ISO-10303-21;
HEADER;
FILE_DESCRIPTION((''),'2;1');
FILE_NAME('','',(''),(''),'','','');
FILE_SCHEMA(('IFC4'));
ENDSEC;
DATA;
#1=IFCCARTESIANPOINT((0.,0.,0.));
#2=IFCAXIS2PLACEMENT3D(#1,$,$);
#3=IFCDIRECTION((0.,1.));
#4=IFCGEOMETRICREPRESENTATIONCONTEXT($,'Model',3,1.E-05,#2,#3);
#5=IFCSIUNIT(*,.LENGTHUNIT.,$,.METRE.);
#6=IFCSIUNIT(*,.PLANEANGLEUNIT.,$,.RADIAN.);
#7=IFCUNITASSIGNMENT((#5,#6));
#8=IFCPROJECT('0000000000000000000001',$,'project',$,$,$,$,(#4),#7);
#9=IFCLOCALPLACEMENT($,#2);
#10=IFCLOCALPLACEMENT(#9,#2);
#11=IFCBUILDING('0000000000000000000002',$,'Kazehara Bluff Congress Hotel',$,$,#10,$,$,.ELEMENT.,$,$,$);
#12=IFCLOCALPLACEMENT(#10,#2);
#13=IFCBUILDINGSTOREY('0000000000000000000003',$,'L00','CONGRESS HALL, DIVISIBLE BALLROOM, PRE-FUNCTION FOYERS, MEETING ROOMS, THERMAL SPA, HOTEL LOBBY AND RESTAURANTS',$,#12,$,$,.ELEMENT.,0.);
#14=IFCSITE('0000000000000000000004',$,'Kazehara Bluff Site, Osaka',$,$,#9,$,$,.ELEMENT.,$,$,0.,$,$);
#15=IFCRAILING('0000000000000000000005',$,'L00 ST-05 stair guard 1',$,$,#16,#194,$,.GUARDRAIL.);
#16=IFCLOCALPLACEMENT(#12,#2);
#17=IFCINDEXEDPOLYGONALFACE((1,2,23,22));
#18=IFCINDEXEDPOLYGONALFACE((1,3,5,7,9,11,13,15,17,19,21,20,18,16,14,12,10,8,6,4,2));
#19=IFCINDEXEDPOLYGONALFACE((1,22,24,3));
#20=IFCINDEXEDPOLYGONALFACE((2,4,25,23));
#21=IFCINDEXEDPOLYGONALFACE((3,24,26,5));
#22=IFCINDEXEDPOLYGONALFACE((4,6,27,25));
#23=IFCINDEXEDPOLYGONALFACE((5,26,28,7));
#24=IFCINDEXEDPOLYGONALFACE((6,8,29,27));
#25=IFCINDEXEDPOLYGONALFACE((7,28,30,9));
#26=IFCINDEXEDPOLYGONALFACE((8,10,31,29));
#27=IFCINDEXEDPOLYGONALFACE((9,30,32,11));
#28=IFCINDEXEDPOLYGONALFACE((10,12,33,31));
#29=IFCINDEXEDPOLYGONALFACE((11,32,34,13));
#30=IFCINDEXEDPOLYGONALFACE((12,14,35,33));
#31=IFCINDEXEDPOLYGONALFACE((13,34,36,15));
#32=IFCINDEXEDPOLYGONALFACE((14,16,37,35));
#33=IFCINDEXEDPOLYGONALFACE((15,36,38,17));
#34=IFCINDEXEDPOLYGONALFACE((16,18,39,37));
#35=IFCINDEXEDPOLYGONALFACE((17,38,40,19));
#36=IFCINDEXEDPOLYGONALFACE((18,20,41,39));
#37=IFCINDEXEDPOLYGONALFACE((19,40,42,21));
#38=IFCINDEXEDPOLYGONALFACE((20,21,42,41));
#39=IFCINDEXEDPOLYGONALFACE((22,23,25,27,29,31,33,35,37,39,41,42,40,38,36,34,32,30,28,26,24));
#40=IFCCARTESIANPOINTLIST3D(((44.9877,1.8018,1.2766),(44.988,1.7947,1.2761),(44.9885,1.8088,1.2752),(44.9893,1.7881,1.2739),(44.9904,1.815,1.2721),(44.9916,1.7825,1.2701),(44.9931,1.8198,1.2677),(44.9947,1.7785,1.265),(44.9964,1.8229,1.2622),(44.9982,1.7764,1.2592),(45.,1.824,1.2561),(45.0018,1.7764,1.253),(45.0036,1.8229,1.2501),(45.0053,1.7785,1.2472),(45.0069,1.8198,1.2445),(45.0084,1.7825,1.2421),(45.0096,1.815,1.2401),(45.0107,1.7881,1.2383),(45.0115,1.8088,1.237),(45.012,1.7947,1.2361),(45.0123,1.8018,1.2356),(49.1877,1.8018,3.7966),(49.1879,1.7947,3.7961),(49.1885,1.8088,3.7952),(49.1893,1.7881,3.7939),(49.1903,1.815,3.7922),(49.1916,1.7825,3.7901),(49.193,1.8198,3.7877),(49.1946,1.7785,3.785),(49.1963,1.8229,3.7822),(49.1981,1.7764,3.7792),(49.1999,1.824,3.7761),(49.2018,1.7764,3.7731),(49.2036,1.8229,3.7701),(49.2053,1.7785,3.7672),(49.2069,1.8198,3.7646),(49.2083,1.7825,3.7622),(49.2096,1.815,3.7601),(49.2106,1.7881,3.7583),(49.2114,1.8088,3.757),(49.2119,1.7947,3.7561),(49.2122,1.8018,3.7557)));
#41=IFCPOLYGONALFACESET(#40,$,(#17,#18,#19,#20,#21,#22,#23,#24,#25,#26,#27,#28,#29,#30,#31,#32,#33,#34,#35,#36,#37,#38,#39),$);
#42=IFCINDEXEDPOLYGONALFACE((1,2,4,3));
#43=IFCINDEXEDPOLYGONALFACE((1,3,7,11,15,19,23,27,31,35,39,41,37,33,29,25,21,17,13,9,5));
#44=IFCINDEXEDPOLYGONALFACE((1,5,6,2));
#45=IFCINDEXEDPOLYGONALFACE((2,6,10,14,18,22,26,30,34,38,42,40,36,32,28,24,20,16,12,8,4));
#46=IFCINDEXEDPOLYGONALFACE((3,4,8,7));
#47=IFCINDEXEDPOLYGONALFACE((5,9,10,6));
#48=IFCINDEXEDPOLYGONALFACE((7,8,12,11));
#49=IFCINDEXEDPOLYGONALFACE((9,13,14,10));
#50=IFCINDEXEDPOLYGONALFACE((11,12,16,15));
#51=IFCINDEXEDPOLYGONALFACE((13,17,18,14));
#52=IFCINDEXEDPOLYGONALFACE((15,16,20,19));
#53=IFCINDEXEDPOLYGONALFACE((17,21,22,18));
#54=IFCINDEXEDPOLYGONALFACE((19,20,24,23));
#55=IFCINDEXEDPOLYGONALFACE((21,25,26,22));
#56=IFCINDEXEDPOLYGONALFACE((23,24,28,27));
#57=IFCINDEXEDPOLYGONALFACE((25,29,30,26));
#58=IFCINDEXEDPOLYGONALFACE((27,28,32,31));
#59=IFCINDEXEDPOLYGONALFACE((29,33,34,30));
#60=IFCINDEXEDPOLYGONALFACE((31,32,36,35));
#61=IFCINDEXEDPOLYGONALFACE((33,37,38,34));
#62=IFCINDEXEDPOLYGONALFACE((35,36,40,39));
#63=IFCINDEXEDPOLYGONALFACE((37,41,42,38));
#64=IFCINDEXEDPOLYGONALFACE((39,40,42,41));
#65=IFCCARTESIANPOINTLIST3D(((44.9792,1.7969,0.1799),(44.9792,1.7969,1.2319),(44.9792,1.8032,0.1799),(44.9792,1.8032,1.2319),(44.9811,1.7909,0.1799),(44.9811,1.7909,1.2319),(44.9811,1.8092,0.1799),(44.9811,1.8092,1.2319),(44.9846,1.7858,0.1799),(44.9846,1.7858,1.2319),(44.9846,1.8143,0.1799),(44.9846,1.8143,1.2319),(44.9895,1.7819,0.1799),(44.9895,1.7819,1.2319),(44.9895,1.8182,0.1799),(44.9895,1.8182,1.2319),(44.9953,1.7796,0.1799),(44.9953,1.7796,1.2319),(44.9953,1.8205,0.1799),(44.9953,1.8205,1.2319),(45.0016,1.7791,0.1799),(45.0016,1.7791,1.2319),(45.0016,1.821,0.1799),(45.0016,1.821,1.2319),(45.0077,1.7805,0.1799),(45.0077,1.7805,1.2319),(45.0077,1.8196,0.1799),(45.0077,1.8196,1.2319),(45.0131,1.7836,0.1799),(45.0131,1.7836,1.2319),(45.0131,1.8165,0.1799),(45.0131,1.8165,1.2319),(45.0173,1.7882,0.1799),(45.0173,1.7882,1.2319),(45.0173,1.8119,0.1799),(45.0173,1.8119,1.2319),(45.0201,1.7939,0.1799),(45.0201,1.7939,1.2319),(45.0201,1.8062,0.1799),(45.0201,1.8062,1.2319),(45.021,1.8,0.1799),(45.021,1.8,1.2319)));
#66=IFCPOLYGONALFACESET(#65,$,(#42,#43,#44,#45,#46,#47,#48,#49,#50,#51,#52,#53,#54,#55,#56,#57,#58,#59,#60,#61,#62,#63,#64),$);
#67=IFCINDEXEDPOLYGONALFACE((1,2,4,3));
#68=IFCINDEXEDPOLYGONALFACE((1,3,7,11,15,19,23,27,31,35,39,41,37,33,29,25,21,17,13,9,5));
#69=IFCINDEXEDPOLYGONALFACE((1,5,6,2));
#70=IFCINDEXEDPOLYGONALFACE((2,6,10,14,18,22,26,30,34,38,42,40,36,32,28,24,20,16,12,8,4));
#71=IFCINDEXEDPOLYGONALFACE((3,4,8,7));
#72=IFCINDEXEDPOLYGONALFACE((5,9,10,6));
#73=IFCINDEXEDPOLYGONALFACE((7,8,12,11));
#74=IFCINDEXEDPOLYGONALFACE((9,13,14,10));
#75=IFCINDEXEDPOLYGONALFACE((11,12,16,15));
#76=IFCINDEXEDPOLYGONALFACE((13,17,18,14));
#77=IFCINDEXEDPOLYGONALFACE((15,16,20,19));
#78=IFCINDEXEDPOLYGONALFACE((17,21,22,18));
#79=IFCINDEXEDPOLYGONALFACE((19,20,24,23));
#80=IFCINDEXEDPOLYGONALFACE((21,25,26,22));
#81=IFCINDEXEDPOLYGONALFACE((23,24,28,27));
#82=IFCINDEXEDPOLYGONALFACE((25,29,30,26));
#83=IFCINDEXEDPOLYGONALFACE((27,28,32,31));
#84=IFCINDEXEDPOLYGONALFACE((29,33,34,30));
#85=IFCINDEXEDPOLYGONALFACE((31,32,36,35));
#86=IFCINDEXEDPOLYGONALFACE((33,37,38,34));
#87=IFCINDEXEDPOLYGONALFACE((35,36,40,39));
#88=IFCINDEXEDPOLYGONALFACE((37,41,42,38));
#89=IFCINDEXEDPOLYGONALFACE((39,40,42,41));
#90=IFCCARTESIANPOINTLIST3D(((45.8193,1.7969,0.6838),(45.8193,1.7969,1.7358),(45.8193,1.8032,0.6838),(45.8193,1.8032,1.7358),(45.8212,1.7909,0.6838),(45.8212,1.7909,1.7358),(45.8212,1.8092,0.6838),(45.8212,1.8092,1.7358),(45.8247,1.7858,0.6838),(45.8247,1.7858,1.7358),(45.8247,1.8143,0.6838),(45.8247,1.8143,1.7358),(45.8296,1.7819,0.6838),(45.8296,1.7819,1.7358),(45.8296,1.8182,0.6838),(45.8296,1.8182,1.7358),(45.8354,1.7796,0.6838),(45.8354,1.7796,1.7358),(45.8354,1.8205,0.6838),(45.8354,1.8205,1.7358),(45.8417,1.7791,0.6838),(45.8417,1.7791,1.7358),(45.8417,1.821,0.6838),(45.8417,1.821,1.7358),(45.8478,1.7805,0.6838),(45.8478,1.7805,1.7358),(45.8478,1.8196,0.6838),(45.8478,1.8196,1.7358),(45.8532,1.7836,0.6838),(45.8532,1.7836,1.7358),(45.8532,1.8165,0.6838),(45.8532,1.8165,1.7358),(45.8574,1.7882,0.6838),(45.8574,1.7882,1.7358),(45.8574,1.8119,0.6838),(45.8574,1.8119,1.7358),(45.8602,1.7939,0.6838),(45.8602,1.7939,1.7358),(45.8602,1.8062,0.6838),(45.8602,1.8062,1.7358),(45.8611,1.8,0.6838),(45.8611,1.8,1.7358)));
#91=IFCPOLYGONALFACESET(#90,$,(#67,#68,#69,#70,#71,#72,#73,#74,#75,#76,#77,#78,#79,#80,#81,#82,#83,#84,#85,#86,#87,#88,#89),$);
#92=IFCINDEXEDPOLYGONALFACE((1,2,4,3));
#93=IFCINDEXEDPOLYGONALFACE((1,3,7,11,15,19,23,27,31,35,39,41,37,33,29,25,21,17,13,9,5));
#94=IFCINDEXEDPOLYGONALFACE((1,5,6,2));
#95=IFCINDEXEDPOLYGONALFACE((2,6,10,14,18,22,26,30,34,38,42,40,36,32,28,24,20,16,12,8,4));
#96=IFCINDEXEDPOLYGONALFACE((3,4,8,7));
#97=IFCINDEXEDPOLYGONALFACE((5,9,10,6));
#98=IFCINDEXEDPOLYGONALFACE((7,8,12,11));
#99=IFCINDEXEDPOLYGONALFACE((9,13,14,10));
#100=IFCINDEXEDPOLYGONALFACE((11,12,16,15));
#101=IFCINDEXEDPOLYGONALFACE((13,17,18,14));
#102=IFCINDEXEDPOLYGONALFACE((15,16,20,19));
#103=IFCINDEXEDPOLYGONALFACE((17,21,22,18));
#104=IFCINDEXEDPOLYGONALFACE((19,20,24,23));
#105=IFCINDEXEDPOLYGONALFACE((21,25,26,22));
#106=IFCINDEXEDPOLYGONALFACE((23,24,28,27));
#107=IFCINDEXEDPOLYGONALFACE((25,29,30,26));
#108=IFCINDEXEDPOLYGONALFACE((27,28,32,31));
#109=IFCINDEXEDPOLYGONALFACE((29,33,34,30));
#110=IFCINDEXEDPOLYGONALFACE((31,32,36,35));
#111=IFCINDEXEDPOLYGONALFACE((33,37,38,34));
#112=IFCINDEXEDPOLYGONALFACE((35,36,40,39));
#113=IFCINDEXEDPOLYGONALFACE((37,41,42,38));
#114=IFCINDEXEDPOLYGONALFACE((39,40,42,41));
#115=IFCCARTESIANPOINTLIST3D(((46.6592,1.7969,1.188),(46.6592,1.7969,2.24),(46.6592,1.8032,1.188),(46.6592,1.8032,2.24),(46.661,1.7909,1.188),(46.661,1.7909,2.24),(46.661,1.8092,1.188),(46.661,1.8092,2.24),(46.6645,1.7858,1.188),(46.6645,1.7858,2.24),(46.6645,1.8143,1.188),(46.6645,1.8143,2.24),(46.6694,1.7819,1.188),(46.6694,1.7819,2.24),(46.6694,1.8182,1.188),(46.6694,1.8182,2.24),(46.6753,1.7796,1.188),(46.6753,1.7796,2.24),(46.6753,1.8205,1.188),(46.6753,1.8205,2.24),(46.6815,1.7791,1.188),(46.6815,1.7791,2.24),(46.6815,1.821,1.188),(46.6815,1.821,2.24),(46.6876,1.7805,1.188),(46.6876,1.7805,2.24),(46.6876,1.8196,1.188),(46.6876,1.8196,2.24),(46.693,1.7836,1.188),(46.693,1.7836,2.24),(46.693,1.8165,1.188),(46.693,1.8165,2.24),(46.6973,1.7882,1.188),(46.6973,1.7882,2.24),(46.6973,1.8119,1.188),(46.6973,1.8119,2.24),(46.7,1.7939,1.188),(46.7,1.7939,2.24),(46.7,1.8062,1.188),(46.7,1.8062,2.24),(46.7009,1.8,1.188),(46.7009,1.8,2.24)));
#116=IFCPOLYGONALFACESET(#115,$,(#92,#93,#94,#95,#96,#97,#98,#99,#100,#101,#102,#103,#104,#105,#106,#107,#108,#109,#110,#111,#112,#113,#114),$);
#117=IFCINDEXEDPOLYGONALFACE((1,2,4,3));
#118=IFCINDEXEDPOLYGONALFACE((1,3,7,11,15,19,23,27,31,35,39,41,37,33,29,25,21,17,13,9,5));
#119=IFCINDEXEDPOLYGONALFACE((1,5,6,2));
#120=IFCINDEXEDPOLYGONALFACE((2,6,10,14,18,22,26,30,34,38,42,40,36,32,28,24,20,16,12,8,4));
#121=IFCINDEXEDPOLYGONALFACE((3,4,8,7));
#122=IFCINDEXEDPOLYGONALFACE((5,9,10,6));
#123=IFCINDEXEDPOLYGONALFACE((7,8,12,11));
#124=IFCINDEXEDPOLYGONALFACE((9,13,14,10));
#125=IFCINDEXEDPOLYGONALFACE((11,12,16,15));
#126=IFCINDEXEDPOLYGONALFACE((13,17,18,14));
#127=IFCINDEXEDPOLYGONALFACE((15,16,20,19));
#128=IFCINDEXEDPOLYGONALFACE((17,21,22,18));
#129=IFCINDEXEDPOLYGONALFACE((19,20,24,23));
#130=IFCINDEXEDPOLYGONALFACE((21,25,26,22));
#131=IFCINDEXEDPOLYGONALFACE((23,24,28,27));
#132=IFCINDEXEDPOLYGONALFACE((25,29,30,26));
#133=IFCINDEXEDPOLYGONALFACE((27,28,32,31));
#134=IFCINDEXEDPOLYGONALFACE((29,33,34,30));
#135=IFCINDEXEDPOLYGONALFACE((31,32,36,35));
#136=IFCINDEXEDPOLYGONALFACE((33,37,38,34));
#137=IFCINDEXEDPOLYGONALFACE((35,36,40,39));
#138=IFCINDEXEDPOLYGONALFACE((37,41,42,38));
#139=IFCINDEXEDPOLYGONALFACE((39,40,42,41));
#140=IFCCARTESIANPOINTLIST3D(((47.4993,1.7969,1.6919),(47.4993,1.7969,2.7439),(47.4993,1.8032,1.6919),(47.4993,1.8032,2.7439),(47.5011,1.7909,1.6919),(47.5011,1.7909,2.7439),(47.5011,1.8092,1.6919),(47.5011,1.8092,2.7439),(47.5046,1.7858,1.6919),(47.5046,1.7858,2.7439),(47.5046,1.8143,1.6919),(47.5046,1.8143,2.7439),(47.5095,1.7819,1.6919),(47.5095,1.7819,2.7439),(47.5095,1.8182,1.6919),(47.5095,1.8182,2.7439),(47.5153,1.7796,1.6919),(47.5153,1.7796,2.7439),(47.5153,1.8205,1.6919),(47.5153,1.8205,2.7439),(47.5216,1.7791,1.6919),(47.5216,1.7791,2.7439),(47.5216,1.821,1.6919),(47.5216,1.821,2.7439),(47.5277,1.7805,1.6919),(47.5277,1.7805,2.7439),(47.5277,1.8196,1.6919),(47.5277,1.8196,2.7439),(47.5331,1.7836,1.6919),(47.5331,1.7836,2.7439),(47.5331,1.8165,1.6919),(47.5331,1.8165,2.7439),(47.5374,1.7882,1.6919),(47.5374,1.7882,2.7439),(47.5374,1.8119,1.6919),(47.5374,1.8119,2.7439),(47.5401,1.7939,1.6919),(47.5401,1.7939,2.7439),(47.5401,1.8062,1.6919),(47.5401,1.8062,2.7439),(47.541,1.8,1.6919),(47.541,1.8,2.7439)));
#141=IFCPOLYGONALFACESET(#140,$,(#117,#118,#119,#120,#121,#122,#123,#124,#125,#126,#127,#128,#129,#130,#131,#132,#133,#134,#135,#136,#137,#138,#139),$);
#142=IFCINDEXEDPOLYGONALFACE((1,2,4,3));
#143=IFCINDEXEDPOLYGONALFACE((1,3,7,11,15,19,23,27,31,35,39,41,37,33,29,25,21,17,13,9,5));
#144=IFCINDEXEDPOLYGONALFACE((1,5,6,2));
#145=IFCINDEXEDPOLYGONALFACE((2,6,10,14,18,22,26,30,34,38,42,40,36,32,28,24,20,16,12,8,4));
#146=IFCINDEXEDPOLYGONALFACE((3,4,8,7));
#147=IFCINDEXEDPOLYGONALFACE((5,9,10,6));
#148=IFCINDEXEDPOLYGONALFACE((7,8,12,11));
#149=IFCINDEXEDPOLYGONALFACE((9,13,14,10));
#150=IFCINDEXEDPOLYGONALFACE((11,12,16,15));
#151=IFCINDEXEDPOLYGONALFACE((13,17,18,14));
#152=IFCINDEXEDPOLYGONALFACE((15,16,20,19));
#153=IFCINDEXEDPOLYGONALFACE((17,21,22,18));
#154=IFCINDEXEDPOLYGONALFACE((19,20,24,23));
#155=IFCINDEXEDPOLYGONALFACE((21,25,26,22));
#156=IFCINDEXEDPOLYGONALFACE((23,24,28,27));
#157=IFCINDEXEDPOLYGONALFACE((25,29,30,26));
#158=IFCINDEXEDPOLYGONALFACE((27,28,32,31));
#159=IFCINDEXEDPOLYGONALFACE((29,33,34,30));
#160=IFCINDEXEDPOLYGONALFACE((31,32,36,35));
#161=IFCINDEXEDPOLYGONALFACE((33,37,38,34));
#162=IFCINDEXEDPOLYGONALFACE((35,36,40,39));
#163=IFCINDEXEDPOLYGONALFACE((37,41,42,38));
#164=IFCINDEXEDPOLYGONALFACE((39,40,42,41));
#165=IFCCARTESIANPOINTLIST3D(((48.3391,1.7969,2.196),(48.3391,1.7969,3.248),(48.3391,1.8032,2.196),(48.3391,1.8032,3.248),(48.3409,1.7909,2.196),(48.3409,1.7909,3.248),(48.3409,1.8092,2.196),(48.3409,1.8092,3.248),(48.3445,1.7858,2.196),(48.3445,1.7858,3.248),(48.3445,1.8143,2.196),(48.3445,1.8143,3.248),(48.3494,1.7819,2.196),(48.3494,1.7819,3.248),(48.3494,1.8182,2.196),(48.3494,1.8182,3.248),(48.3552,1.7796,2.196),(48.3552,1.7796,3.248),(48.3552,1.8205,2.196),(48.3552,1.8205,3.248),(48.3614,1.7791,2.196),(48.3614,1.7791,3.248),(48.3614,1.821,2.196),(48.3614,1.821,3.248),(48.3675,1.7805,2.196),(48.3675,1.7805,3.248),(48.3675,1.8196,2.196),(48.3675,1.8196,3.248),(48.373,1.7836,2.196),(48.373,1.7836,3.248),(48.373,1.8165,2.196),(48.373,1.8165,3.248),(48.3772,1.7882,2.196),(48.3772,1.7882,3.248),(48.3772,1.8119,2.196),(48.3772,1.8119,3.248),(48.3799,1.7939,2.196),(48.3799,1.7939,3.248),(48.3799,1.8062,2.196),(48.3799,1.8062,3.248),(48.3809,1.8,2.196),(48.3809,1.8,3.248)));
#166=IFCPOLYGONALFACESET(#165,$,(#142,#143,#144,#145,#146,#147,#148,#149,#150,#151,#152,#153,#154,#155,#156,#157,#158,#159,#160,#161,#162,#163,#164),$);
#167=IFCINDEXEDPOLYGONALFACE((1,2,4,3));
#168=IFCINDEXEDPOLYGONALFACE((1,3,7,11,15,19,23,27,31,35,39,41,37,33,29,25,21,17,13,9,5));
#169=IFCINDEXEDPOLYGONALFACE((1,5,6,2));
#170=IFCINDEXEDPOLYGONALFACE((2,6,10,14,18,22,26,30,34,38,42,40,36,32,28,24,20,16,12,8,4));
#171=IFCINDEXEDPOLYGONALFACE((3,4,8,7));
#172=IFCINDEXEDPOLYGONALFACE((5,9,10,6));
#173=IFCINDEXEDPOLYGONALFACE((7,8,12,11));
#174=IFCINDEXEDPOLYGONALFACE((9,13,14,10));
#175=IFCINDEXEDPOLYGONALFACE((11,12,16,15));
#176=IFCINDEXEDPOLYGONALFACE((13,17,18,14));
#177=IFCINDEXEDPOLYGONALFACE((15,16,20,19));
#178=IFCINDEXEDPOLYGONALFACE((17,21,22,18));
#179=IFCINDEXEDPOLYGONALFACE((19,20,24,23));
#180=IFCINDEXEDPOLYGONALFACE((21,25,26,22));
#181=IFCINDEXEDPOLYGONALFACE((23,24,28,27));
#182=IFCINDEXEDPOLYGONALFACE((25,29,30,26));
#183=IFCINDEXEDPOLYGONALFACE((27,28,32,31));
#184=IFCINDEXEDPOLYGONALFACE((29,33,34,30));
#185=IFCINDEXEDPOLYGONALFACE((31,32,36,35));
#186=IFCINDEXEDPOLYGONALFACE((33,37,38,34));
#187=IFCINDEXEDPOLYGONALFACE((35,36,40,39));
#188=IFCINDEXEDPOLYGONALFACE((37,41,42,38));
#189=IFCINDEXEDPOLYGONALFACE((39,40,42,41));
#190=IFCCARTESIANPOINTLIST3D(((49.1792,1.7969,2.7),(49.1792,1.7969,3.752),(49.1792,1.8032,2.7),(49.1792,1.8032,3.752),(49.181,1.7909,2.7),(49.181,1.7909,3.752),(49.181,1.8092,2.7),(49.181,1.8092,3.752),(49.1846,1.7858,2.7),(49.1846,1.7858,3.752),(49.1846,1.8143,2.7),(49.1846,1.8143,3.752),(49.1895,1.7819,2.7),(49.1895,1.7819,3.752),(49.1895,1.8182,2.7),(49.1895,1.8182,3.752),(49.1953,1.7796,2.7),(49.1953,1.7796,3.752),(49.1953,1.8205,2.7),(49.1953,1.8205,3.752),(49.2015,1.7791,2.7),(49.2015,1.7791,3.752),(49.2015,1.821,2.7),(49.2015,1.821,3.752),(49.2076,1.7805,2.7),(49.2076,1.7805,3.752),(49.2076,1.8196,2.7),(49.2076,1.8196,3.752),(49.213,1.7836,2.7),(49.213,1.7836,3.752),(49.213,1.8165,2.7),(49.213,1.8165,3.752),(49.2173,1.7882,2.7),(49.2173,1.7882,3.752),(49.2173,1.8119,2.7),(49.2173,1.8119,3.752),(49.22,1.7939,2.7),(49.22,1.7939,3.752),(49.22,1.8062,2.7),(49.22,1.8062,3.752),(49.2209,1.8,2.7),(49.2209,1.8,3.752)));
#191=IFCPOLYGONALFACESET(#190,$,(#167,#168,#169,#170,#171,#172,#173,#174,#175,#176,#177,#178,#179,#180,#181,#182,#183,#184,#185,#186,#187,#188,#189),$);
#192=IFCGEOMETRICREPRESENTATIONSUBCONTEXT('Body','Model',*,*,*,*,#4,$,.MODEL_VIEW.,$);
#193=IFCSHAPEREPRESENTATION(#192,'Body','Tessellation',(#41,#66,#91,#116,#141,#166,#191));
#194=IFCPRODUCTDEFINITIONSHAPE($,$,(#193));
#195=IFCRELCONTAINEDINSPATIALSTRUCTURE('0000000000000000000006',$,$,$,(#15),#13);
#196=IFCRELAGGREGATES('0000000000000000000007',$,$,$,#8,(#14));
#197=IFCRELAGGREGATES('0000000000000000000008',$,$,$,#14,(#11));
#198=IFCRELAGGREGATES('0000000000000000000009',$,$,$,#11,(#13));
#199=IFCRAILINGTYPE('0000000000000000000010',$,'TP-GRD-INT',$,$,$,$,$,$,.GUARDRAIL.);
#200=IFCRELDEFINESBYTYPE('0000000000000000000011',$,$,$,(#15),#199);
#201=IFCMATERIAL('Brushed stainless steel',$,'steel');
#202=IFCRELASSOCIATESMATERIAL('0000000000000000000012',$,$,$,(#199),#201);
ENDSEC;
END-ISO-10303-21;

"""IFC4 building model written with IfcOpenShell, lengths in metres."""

from ifc_helpers import new_model, si_unit, direction, frame, origin, origin_2d, place, context, subcontext, project, spatial, circle, extrude, material, type_object, element, save


model = new_model("IFC4")

# Units and contexts
model_context = context("Model", 3, precision=1e-05, world=origin(), true_north=direction((0.0, 1.0)))
body_context = subcontext(model_context, "Body", "Model", "MODEL_VIEW")
ifc_project = project(units=[si_unit("LENGTHUNIT", "METRE"), si_unit("PLANEANGLEUNIT", "RADIAN")], contexts=[model_context])

# Site, building, storey
site_placement = place(None, origin())
site = spatial("IfcSite", under=ifc_project, at=site_placement, Name="Kazehara Bluff Site, Osaka", CompositionType="ELEMENT", RefElevation=0.0)
building_placement = place(site_placement, origin())
building = spatial("IfcBuilding", under=site, at=building_placement, Name="Kazehara Bluff Congress Hotel", CompositionType="ELEMENT")
storey_placement = place(building_placement, origin())
storey = spatial("IfcBuildingStorey", under=building, at=storey_placement, Name="L00", Description="CONGRESS HALL, DIVISIBLE BALLROOM, PRE-FUNCTION FOYERS, MEETING ROOMS, THERMAL SPA, HOTEL LOBBY AND RESTAURANTS", CompositionType="ELEMENT", Elevation=0.0)

# Railing
ifc_material_1 = material(Name="Brushed stainless steel", Category="steel")
railing_type_1 = type_object("IfcRailingType", Name="TP-GRD-INT", PredefinedType="GUARDRAIL", material=ifc_material_1)
railing_1_placement = place(storey_placement, frame((45.0, 1.8, 0.1799)))
element("IfcRailing", 1, at=railing_1_placement, inside=storey, type_object=railing_type_1, Name="L00 ST-05 stair guard 1", PredefinedType="GUARDRAIL", context=body_context, shape_type="SweptSolid", body=[
    extrude(circle(Radius=0.0239, at=origin_2d()), frame((0.0, 0.0, 1.0762), z_axis=(0.857489, 0.0, 0.514503), x_axis=(0.0, 1.0, 0.0)), (0.0, 0.0, 1.0), 4.8979),
    extrude(circle(Radius=0.021, at=origin_2d()), origin(), (0.0, 0.0, 1.0), 1.052),
    extrude(circle(Radius=0.021, at=origin_2d()), frame((0.8401, 0.0, 0.5039)), (0.0, 0.0, 1.0), 1.052),
    extrude(circle(Radius=0.021, at=origin_2d()), frame((1.6799, 0.0, 1.0081)), (0.0, 0.0, 1.0), 1.052),
    extrude(circle(Radius=0.021, at=origin_2d()), frame((2.52, 0.0, 1.512)), (0.0, 0.0, 1.0), 1.052),
    extrude(circle(Radius=0.021, at=origin_2d()), frame((3.3599, 0.0, 2.0161)), (0.0, 0.0, 1.0), 1.052),
    extrude(circle(Radius=0.021, at=origin_2d()), frame((4.2, 0.0, 2.52)), (0.0, 0.0, 1.0), 1.052),
])

save(model, "model.ifc")
